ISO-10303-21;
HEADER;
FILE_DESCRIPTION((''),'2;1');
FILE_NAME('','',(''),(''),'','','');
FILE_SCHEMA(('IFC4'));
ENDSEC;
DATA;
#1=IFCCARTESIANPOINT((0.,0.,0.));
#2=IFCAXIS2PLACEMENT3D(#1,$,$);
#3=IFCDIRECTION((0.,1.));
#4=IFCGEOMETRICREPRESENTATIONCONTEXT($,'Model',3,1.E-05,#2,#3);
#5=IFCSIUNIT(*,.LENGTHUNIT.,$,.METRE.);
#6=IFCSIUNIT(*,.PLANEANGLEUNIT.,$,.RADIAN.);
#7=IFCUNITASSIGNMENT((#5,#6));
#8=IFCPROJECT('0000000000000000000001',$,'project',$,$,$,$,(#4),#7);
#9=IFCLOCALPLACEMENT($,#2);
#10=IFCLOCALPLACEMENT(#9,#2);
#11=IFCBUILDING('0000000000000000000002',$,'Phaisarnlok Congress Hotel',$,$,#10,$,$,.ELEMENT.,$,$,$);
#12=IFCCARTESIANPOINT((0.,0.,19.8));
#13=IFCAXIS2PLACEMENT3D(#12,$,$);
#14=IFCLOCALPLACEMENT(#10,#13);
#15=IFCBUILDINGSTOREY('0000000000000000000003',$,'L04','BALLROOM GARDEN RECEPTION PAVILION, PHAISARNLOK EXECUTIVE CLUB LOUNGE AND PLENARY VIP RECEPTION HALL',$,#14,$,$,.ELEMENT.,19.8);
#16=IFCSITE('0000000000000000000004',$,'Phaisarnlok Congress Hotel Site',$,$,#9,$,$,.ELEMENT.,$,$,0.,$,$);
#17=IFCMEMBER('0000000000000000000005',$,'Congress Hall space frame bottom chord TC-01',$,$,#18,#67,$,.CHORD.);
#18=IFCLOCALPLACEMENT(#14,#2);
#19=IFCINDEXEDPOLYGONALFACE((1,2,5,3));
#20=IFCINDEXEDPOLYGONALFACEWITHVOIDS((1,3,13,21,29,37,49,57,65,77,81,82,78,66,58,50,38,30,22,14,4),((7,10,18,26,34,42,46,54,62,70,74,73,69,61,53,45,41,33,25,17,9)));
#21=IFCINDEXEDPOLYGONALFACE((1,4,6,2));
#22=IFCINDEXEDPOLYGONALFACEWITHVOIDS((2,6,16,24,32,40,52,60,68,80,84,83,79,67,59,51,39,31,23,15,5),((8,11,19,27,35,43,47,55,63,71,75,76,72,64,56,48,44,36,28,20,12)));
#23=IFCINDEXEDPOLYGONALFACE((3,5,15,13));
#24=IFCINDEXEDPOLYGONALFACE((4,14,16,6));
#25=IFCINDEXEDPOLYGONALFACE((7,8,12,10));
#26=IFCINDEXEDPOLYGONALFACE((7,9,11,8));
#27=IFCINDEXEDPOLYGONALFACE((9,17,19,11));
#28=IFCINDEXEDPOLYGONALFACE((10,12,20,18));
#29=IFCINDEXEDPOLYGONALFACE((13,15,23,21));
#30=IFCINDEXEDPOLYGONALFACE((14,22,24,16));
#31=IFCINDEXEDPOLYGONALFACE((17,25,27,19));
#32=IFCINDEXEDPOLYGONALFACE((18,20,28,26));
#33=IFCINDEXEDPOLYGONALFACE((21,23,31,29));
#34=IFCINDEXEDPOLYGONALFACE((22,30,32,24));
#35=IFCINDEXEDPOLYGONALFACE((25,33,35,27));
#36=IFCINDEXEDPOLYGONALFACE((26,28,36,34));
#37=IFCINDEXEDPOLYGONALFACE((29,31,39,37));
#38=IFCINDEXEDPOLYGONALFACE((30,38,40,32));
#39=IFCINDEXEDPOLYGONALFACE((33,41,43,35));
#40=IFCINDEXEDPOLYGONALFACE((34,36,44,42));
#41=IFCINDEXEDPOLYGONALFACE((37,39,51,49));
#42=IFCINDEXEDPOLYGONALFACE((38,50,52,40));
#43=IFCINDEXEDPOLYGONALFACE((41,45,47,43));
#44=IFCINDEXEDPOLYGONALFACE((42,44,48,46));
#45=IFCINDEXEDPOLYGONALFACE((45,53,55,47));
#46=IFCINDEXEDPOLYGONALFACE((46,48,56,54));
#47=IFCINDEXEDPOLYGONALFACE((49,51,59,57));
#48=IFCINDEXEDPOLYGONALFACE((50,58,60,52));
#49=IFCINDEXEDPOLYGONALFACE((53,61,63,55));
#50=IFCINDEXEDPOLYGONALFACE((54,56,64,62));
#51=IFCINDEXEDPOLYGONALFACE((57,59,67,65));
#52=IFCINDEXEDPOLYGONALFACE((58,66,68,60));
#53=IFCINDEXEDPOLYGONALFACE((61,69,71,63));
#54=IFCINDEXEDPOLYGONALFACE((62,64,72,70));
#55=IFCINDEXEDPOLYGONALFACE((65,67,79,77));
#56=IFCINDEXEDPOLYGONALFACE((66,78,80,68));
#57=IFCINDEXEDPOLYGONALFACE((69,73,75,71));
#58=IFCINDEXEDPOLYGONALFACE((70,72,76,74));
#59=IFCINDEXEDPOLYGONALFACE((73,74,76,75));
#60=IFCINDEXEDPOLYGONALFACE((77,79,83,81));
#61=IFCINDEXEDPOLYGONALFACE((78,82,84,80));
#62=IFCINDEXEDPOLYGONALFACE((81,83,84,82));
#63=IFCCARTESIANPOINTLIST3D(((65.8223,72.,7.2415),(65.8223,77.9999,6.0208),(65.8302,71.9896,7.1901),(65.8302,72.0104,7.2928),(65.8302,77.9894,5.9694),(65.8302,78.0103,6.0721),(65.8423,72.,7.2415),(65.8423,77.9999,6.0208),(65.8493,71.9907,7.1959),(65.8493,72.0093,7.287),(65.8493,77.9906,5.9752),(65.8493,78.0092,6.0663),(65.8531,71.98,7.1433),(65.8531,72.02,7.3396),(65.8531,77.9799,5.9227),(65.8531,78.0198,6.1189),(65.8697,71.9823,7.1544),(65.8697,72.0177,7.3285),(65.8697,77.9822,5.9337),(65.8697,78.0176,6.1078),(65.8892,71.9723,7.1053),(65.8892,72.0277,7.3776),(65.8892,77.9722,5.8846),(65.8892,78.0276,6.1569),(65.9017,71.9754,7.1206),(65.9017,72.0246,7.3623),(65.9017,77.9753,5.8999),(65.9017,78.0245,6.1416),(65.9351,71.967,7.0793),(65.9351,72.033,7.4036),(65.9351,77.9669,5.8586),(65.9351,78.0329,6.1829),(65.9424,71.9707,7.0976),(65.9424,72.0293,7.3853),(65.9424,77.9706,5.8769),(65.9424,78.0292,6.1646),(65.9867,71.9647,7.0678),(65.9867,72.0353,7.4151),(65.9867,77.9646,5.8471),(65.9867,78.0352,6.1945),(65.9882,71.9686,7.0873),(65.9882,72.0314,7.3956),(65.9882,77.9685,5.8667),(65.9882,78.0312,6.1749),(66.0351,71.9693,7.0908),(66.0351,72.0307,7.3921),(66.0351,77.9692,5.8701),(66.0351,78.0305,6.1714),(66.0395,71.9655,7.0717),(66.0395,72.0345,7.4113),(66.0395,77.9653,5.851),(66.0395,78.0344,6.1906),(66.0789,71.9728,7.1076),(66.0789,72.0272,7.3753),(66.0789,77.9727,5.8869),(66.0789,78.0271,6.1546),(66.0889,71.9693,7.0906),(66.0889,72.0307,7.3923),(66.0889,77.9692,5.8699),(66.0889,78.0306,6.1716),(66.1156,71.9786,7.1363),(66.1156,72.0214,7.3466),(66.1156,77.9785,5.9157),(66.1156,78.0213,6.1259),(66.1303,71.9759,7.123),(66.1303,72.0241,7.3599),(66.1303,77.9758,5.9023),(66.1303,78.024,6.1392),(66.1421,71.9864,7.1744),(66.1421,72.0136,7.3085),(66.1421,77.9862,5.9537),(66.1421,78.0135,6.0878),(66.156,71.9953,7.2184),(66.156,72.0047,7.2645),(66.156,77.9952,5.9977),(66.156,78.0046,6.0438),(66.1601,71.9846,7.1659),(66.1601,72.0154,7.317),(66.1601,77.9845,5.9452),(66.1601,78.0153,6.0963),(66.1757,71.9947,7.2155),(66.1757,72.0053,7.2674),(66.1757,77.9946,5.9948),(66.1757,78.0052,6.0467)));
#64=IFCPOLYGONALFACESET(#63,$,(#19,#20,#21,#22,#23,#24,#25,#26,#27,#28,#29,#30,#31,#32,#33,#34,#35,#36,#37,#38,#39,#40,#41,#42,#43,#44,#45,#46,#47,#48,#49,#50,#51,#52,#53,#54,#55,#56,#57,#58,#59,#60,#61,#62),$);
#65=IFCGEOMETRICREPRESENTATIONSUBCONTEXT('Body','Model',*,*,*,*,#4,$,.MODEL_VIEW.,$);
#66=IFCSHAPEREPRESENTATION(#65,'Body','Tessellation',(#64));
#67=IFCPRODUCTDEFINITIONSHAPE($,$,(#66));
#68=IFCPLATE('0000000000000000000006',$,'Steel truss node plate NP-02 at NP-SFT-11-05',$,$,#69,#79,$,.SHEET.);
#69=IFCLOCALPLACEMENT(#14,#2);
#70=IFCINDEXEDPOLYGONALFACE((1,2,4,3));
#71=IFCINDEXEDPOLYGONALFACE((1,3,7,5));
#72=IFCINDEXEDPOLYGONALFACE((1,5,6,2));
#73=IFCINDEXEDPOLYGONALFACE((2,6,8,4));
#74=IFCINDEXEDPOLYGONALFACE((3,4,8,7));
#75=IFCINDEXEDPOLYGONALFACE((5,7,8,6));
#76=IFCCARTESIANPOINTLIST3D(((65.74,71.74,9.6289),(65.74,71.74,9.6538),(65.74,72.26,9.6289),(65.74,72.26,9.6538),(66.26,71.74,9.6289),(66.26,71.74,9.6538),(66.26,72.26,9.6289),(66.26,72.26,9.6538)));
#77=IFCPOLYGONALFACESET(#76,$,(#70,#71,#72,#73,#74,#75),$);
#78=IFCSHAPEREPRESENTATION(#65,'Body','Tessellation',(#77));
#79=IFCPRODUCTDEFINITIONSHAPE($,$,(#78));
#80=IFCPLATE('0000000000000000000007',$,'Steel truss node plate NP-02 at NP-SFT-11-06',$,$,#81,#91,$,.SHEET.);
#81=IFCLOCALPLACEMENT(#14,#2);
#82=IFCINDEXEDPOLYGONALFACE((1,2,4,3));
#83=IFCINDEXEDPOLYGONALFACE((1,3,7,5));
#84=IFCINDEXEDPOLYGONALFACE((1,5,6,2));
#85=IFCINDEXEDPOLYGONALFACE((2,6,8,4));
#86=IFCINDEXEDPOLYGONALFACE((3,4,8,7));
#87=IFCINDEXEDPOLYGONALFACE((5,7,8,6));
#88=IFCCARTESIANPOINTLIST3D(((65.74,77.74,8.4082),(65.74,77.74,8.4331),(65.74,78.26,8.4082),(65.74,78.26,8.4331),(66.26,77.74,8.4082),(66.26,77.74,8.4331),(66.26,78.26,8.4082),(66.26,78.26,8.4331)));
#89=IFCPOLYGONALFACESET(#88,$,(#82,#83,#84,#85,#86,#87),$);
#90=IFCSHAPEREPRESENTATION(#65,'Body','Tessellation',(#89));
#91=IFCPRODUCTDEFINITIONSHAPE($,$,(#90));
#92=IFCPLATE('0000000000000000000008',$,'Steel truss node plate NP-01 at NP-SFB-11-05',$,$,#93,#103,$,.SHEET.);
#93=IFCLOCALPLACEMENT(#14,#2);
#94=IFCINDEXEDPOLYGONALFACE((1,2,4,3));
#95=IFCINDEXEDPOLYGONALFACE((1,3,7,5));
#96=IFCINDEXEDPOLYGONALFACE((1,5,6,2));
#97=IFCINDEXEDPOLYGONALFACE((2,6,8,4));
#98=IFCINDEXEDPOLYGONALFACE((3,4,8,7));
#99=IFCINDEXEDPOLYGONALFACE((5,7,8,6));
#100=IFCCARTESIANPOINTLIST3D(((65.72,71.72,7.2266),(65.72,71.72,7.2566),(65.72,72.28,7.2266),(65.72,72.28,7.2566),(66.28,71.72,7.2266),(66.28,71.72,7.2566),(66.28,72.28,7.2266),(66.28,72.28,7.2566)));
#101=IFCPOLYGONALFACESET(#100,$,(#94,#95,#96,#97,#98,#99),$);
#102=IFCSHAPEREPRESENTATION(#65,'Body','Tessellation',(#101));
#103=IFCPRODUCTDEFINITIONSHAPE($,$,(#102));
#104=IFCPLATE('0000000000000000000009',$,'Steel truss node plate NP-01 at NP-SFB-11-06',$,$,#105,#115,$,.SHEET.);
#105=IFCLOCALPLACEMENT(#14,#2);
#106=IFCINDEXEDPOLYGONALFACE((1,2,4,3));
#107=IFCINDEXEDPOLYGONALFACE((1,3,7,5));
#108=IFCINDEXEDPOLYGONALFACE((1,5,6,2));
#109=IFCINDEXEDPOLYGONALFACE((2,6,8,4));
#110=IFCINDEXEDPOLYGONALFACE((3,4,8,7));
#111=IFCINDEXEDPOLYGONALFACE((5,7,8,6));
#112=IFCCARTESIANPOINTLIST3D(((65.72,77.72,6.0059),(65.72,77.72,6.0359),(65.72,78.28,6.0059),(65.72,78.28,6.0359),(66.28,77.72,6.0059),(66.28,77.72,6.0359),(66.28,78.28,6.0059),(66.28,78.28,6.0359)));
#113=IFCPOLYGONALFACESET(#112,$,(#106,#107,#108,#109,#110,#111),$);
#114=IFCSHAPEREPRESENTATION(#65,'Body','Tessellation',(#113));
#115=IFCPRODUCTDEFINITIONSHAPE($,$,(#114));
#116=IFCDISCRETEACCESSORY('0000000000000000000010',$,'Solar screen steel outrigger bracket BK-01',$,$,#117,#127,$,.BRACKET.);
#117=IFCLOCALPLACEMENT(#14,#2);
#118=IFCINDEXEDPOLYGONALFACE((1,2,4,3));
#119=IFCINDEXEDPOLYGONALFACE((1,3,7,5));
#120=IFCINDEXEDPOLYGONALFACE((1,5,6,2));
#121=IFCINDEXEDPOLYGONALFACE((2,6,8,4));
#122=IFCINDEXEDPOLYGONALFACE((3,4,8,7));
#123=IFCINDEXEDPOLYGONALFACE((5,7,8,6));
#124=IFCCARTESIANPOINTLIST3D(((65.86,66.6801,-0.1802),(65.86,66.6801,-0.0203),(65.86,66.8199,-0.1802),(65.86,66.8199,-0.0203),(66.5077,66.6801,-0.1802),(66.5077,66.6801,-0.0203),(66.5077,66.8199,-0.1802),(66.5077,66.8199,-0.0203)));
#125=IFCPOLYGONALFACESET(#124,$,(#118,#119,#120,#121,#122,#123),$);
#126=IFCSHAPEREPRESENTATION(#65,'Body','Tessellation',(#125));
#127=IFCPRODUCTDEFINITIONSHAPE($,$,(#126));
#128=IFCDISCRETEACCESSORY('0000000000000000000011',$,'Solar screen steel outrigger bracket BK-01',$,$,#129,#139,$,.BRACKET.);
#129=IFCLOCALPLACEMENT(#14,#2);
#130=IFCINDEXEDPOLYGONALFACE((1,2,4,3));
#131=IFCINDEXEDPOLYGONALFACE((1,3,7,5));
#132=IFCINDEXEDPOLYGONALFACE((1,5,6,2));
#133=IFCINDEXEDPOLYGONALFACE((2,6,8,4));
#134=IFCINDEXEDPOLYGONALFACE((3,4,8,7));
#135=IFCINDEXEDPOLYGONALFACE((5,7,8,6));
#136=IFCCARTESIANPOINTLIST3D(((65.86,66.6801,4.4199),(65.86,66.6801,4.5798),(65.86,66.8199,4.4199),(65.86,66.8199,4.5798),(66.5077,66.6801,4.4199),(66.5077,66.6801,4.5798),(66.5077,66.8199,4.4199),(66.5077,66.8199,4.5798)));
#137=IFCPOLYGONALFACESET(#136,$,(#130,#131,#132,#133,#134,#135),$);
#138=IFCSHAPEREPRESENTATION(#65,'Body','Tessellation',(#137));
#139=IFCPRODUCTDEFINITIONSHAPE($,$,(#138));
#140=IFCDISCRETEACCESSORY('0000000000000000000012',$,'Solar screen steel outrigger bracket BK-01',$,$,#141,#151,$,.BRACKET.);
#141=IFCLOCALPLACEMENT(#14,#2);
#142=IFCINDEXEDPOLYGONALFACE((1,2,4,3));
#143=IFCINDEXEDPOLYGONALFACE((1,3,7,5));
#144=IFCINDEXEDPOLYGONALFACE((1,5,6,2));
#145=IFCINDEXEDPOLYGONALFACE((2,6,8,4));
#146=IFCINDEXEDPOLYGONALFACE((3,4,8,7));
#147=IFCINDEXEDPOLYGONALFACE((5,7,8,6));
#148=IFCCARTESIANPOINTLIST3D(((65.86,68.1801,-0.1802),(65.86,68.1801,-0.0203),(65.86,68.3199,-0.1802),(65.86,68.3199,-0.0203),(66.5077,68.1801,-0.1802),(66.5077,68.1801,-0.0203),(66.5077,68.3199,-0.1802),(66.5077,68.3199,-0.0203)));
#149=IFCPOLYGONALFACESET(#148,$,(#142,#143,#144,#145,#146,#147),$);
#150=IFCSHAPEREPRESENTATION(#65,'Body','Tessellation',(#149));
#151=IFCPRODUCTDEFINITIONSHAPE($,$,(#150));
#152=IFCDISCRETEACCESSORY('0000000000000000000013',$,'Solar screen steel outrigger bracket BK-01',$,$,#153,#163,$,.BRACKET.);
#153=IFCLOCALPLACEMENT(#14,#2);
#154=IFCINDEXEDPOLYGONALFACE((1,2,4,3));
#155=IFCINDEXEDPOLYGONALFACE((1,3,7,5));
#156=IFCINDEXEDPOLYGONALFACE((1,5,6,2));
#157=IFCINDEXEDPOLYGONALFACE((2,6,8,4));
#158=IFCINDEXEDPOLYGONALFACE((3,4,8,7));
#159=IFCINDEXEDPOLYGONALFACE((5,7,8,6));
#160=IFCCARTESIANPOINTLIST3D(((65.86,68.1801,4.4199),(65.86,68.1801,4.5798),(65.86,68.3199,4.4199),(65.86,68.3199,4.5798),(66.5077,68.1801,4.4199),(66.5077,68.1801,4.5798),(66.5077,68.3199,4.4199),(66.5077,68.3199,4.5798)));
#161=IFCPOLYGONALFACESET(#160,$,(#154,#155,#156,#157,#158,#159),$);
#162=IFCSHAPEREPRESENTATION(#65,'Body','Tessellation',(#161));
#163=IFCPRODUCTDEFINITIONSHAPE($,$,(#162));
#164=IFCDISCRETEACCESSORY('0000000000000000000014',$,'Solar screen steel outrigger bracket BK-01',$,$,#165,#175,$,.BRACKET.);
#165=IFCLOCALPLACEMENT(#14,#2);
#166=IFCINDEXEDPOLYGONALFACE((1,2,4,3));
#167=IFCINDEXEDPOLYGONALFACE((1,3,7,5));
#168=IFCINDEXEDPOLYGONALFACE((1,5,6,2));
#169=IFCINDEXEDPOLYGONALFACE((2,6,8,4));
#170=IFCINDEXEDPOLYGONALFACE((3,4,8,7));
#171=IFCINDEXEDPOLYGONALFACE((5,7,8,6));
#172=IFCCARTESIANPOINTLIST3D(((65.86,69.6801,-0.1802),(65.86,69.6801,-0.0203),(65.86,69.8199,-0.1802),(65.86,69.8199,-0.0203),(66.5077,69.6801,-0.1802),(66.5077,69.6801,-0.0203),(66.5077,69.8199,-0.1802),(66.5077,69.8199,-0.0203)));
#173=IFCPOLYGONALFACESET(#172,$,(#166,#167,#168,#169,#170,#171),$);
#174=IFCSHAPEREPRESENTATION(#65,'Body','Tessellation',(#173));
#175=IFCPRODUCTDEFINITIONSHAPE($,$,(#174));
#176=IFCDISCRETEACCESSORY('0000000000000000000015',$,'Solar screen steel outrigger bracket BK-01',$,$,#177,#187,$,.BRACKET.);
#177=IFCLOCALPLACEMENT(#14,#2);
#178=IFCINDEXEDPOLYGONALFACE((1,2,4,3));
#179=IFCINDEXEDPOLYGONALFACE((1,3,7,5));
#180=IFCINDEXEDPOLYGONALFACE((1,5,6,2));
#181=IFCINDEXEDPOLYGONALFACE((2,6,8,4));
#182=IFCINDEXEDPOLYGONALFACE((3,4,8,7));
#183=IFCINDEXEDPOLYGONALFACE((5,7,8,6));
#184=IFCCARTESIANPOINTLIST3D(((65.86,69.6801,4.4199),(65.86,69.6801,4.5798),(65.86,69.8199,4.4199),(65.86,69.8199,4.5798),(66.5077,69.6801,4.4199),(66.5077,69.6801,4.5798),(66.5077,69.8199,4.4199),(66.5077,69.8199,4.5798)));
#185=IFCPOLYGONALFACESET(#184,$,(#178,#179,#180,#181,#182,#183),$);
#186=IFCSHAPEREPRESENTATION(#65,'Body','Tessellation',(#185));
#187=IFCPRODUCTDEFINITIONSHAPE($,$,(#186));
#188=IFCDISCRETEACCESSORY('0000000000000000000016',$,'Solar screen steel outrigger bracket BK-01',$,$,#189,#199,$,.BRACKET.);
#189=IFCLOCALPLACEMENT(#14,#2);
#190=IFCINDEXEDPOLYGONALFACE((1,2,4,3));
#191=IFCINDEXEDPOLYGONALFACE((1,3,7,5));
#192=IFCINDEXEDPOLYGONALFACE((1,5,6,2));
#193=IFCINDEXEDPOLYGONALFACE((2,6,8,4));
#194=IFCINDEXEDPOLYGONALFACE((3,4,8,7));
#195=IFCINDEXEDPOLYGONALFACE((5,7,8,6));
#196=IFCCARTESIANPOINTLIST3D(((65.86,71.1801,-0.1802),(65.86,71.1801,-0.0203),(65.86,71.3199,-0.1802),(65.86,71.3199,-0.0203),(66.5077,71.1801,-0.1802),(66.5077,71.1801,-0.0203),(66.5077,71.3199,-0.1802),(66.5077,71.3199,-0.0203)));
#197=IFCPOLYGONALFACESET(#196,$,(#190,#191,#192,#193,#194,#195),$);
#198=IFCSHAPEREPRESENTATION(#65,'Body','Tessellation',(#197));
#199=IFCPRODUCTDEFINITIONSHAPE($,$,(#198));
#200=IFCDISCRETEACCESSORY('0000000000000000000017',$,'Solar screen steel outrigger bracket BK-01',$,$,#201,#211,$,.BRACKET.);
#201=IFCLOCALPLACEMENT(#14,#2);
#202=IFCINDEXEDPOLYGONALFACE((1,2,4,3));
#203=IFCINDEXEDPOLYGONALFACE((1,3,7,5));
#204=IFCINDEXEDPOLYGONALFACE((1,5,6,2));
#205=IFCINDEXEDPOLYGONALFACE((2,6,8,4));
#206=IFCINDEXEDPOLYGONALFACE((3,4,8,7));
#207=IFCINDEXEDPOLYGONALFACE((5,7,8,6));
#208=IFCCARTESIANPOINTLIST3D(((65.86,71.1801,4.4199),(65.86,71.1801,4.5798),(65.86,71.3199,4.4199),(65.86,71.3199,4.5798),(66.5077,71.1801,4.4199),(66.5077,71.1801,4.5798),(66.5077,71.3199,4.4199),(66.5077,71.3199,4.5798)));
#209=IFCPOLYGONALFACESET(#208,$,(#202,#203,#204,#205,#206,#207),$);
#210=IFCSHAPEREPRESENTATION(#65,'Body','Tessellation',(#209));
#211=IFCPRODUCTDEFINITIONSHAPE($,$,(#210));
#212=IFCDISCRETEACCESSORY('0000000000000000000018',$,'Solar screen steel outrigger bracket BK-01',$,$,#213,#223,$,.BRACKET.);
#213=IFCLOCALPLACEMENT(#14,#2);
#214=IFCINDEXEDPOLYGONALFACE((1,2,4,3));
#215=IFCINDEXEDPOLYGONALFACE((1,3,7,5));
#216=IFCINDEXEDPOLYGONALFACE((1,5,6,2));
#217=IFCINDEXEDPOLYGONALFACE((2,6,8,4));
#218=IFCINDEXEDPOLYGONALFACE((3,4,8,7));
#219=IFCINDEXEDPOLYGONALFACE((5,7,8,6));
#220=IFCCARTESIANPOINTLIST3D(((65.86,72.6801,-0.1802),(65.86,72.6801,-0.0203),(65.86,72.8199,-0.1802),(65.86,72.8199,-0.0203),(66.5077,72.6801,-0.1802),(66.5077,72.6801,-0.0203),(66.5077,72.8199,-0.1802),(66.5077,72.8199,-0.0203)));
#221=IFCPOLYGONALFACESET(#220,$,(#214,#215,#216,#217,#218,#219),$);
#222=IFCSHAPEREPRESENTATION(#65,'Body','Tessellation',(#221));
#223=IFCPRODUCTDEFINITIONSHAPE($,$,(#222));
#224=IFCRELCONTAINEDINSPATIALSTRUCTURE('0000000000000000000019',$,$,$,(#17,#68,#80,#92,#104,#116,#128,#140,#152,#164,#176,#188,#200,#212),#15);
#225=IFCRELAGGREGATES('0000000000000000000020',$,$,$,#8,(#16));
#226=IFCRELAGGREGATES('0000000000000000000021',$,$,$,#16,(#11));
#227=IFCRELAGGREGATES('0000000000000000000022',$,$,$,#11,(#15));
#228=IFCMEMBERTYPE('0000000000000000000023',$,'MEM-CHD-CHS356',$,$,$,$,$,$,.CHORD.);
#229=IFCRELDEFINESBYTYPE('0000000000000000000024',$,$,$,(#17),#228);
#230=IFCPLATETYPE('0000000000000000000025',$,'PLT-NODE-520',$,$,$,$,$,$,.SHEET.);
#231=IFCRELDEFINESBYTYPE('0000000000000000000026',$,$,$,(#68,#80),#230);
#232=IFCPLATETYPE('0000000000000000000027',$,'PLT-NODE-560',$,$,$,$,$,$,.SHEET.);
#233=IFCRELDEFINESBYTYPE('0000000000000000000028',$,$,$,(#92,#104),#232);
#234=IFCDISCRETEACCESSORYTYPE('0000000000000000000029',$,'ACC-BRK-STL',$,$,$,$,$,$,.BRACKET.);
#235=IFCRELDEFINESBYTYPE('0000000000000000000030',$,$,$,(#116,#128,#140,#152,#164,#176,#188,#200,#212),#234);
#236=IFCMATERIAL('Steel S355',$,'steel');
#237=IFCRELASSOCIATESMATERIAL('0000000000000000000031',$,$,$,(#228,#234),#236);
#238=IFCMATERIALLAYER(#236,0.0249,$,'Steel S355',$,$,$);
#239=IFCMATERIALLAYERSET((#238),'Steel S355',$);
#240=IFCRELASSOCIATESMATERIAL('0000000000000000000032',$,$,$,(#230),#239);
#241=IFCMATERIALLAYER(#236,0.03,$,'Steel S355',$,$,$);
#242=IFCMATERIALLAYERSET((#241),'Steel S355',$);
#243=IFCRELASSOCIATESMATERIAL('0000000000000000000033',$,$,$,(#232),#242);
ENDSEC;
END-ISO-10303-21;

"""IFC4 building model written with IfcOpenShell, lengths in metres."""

from ifc_helpers import new_model, si_unit, direction, frame, origin, origin_2d, place, context, subcontext, project, spatial, rectangle, hollow_circle, extrude, material, layer, layer_set, material_profile, profile_set, type_object, element, save


model = new_model("IFC4")

# Units and contexts
model_context = context("Model", 3, precision=1e-05, world=origin(), true_north=direction((0.0, 1.0)))
body_context = subcontext(model_context, "Body", "Model", "MODEL_VIEW")
ifc_project = project(units=[si_unit("LENGTHUNIT", "METRE"), si_unit("PLANEANGLEUNIT", "RADIAN")], contexts=[model_context])

# Site, building, storey
site_placement = place(None, origin())
site = spatial("IfcSite", under=ifc_project, at=site_placement, Name="Phaisarnlok Congress Hotel Site", CompositionType="ELEMENT", RefElevation=0.0)
building_placement = place(site_placement, origin())
building = spatial("IfcBuilding", under=site, at=building_placement, Name="Phaisarnlok Congress Hotel", CompositionType="ELEMENT")
storey_placement = place(building_placement, frame((0.0, 0.0, 19.8)))
storey = spatial("IfcBuildingStorey", under=building, at=storey_placement, Name="L04", Description="BALLROOM GARDEN RECEPTION PAVILION, PHAISARNLOK EXECUTIVE CLUB LOUNGE AND PLENARY VIP RECEPTION HALL", CompositionType="ELEMENT", Elevation=19.8)

# Shared definitions
ifc_material_1 = material(Name="Steel S355", Category="steel")

# Member
ifc_material_profile_1 = material_profile(ifc_material_1, hollow_circle(Radius=0.1777, WallThickness=0.02, at=origin_2d()), Name="CHS 355.6x20")
ifc_profile_set_1 = profile_set([ifc_material_profile_1], Name="Steel S355")
member_type_1 = type_object("IfcMemberType", Name="MEM-CHD-CHS356", PredefinedType="CHORD", material=ifc_profile_set_1)
for number, where, z_axis, x_axis, name in (
    (1, (66.0, 72.0, 7.2415), (0.0, 0.979925, -0.199366), (-1.0, 0.0, 0.0), "Congress Hall space frame bottom chord TC-01"),
):
    element("IfcMember", number, at=place(storey_placement, frame(where, z_axis=z_axis, x_axis=x_axis)), inside=storey, type_object=member_type_1, Name=name, PredefinedType="CHORD", context=body_context, shape_type="SweptSolid", body=[
        extrude(hollow_circle(Radius=0.1777, WallThickness=0.02, at=origin_2d()), origin(), (0.0, 0.0, 1.0), 6.1228),
    ])

# Plates
ifc_layer_1 = layer(ifc_material_1, 0.0249, Name="Steel S355")
ifc_layer_set_1 = layer_set([ifc_layer_1], Name="Steel S355")
plate_type_1 = type_object("IfcPlateType", Name="PLT-NODE-520", PredefinedType="SHEET", material=ifc_layer_set_1)
for number, where, z_axis, x_axis, name in (
    (2, (66.0, 72.0, 9.6289), (0.0, 0.0, 1.0), (1.0, 0.0, 0.0), "Steel truss node plate NP-02 at NP-SFT-11-05"),
    (3, (66.0, 78.0, 8.4082), (0.0, 0.0, 1.0), (1.0, 0.0, 0.0), "Steel truss node plate NP-02 at NP-SFT-11-06"),
):
    element("IfcPlate", number, at=place(storey_placement, frame(where, z_axis=z_axis, x_axis=x_axis)), inside=storey, type_object=plate_type_1, Name=name, PredefinedType="SHEET", context=body_context, shape_type="SweptSolid", body=[
        extrude(rectangle(XDim=0.52, YDim=0.52, at=origin_2d()), origin(), (0.0, 0.0, 1.0), 0.0249),
    ])
ifc_layer_2 = layer(ifc_material_1, 0.03, Name="Steel S355")
ifc_layer_set_2 = layer_set([ifc_layer_2], Name="Steel S355")
plate_type_2 = type_object("IfcPlateType", Name="PLT-NODE-560", PredefinedType="SHEET", material=ifc_layer_set_2)
for number, where, z_axis, x_axis, name in (
    (4, (66.0, 72.0, 7.2266), (0.0, 0.0, 1.0), (1.0, 0.0, 0.0), "Steel truss node plate NP-01 at NP-SFB-11-05"),
    (5, (66.0, 78.0, 6.0059), (0.0, 0.0, 1.0), (1.0, 0.0, 0.0), "Steel truss node plate NP-01 at NP-SFB-11-06"),
):
    element("IfcPlate", number, at=place(storey_placement, frame(where, z_axis=z_axis, x_axis=x_axis)), inside=storey, type_object=plate_type_2, Name=name, PredefinedType="SHEET", context=body_context, shape_type="SweptSolid", body=[
        extrude(rectangle(XDim=0.5601, YDim=0.5601, at=origin_2d()), origin(), (0.0, 0.0, 1.0), 0.03),
    ])

# Discrete accessories
discrete_accessory_type = type_object("IfcDiscreteAccessoryType", Name="ACC-BRK-STL", PredefinedType="BRACKET", material=ifc_material_1)
for number, where, z_axis, x_axis, name in (
    (6, (66.1838, 66.75, -0.1802), (0.0, 0.0, 1.0), (1.0, 0.0, 0.0), "Solar screen steel outrigger bracket BK-01"),
    (7, (66.1838, 66.75, 4.4199), (0.0, 0.0, 1.0), (1.0, 0.0, 0.0), "Solar screen steel outrigger bracket BK-01"),
    (8, (66.1838, 68.25, -0.1802), (0.0, 0.0, 1.0), (1.0, 0.0, 0.0), "Solar screen steel outrigger bracket BK-01"),
    (9, (66.1838, 68.25, 4.4199), (0.0, 0.0, 1.0), (1.0, 0.0, 0.0), "Solar screen steel outrigger bracket BK-01"),
    (10, (66.1838, 69.75, -0.1802), (0.0, 0.0, 1.0), (1.0, 0.0, 0.0), "Solar screen steel outrigger bracket BK-01"),
    (11, (66.1838, 69.75, 4.4199), (0.0, 0.0, 1.0), (1.0, 0.0, 0.0), "Solar screen steel outrigger bracket BK-01"),
    (12, (66.1838, 71.25, -0.1802), (0.0, 0.0, 1.0), (1.0, 0.0, 0.0), "Solar screen steel outrigger bracket BK-01"),
    (13, (66.1838, 71.25, 4.4199), (0.0, 0.0, 1.0), (1.0, 0.0, 0.0), "Solar screen steel outrigger bracket BK-01"),
    (14, (66.1838, 72.75, -0.1802), (0.0, 0.0, 1.0), (1.0, 0.0, 0.0), "Solar screen steel outrigger bracket BK-01"),
):
    element("IfcDiscreteAccessory", number, at=place(storey_placement, frame(where, z_axis=z_axis, x_axis=x_axis)), inside=storey, type_object=discrete_accessory_type, Name=name, PredefinedType="BRACKET", context=body_context, shape_type="SweptSolid", body=[
        extrude(rectangle(XDim=0.6477, YDim=0.1399, at=origin_2d()), origin(), (0.0, 0.0, 1.0), 0.1599),
    ])

save(model, "model.ifc")
